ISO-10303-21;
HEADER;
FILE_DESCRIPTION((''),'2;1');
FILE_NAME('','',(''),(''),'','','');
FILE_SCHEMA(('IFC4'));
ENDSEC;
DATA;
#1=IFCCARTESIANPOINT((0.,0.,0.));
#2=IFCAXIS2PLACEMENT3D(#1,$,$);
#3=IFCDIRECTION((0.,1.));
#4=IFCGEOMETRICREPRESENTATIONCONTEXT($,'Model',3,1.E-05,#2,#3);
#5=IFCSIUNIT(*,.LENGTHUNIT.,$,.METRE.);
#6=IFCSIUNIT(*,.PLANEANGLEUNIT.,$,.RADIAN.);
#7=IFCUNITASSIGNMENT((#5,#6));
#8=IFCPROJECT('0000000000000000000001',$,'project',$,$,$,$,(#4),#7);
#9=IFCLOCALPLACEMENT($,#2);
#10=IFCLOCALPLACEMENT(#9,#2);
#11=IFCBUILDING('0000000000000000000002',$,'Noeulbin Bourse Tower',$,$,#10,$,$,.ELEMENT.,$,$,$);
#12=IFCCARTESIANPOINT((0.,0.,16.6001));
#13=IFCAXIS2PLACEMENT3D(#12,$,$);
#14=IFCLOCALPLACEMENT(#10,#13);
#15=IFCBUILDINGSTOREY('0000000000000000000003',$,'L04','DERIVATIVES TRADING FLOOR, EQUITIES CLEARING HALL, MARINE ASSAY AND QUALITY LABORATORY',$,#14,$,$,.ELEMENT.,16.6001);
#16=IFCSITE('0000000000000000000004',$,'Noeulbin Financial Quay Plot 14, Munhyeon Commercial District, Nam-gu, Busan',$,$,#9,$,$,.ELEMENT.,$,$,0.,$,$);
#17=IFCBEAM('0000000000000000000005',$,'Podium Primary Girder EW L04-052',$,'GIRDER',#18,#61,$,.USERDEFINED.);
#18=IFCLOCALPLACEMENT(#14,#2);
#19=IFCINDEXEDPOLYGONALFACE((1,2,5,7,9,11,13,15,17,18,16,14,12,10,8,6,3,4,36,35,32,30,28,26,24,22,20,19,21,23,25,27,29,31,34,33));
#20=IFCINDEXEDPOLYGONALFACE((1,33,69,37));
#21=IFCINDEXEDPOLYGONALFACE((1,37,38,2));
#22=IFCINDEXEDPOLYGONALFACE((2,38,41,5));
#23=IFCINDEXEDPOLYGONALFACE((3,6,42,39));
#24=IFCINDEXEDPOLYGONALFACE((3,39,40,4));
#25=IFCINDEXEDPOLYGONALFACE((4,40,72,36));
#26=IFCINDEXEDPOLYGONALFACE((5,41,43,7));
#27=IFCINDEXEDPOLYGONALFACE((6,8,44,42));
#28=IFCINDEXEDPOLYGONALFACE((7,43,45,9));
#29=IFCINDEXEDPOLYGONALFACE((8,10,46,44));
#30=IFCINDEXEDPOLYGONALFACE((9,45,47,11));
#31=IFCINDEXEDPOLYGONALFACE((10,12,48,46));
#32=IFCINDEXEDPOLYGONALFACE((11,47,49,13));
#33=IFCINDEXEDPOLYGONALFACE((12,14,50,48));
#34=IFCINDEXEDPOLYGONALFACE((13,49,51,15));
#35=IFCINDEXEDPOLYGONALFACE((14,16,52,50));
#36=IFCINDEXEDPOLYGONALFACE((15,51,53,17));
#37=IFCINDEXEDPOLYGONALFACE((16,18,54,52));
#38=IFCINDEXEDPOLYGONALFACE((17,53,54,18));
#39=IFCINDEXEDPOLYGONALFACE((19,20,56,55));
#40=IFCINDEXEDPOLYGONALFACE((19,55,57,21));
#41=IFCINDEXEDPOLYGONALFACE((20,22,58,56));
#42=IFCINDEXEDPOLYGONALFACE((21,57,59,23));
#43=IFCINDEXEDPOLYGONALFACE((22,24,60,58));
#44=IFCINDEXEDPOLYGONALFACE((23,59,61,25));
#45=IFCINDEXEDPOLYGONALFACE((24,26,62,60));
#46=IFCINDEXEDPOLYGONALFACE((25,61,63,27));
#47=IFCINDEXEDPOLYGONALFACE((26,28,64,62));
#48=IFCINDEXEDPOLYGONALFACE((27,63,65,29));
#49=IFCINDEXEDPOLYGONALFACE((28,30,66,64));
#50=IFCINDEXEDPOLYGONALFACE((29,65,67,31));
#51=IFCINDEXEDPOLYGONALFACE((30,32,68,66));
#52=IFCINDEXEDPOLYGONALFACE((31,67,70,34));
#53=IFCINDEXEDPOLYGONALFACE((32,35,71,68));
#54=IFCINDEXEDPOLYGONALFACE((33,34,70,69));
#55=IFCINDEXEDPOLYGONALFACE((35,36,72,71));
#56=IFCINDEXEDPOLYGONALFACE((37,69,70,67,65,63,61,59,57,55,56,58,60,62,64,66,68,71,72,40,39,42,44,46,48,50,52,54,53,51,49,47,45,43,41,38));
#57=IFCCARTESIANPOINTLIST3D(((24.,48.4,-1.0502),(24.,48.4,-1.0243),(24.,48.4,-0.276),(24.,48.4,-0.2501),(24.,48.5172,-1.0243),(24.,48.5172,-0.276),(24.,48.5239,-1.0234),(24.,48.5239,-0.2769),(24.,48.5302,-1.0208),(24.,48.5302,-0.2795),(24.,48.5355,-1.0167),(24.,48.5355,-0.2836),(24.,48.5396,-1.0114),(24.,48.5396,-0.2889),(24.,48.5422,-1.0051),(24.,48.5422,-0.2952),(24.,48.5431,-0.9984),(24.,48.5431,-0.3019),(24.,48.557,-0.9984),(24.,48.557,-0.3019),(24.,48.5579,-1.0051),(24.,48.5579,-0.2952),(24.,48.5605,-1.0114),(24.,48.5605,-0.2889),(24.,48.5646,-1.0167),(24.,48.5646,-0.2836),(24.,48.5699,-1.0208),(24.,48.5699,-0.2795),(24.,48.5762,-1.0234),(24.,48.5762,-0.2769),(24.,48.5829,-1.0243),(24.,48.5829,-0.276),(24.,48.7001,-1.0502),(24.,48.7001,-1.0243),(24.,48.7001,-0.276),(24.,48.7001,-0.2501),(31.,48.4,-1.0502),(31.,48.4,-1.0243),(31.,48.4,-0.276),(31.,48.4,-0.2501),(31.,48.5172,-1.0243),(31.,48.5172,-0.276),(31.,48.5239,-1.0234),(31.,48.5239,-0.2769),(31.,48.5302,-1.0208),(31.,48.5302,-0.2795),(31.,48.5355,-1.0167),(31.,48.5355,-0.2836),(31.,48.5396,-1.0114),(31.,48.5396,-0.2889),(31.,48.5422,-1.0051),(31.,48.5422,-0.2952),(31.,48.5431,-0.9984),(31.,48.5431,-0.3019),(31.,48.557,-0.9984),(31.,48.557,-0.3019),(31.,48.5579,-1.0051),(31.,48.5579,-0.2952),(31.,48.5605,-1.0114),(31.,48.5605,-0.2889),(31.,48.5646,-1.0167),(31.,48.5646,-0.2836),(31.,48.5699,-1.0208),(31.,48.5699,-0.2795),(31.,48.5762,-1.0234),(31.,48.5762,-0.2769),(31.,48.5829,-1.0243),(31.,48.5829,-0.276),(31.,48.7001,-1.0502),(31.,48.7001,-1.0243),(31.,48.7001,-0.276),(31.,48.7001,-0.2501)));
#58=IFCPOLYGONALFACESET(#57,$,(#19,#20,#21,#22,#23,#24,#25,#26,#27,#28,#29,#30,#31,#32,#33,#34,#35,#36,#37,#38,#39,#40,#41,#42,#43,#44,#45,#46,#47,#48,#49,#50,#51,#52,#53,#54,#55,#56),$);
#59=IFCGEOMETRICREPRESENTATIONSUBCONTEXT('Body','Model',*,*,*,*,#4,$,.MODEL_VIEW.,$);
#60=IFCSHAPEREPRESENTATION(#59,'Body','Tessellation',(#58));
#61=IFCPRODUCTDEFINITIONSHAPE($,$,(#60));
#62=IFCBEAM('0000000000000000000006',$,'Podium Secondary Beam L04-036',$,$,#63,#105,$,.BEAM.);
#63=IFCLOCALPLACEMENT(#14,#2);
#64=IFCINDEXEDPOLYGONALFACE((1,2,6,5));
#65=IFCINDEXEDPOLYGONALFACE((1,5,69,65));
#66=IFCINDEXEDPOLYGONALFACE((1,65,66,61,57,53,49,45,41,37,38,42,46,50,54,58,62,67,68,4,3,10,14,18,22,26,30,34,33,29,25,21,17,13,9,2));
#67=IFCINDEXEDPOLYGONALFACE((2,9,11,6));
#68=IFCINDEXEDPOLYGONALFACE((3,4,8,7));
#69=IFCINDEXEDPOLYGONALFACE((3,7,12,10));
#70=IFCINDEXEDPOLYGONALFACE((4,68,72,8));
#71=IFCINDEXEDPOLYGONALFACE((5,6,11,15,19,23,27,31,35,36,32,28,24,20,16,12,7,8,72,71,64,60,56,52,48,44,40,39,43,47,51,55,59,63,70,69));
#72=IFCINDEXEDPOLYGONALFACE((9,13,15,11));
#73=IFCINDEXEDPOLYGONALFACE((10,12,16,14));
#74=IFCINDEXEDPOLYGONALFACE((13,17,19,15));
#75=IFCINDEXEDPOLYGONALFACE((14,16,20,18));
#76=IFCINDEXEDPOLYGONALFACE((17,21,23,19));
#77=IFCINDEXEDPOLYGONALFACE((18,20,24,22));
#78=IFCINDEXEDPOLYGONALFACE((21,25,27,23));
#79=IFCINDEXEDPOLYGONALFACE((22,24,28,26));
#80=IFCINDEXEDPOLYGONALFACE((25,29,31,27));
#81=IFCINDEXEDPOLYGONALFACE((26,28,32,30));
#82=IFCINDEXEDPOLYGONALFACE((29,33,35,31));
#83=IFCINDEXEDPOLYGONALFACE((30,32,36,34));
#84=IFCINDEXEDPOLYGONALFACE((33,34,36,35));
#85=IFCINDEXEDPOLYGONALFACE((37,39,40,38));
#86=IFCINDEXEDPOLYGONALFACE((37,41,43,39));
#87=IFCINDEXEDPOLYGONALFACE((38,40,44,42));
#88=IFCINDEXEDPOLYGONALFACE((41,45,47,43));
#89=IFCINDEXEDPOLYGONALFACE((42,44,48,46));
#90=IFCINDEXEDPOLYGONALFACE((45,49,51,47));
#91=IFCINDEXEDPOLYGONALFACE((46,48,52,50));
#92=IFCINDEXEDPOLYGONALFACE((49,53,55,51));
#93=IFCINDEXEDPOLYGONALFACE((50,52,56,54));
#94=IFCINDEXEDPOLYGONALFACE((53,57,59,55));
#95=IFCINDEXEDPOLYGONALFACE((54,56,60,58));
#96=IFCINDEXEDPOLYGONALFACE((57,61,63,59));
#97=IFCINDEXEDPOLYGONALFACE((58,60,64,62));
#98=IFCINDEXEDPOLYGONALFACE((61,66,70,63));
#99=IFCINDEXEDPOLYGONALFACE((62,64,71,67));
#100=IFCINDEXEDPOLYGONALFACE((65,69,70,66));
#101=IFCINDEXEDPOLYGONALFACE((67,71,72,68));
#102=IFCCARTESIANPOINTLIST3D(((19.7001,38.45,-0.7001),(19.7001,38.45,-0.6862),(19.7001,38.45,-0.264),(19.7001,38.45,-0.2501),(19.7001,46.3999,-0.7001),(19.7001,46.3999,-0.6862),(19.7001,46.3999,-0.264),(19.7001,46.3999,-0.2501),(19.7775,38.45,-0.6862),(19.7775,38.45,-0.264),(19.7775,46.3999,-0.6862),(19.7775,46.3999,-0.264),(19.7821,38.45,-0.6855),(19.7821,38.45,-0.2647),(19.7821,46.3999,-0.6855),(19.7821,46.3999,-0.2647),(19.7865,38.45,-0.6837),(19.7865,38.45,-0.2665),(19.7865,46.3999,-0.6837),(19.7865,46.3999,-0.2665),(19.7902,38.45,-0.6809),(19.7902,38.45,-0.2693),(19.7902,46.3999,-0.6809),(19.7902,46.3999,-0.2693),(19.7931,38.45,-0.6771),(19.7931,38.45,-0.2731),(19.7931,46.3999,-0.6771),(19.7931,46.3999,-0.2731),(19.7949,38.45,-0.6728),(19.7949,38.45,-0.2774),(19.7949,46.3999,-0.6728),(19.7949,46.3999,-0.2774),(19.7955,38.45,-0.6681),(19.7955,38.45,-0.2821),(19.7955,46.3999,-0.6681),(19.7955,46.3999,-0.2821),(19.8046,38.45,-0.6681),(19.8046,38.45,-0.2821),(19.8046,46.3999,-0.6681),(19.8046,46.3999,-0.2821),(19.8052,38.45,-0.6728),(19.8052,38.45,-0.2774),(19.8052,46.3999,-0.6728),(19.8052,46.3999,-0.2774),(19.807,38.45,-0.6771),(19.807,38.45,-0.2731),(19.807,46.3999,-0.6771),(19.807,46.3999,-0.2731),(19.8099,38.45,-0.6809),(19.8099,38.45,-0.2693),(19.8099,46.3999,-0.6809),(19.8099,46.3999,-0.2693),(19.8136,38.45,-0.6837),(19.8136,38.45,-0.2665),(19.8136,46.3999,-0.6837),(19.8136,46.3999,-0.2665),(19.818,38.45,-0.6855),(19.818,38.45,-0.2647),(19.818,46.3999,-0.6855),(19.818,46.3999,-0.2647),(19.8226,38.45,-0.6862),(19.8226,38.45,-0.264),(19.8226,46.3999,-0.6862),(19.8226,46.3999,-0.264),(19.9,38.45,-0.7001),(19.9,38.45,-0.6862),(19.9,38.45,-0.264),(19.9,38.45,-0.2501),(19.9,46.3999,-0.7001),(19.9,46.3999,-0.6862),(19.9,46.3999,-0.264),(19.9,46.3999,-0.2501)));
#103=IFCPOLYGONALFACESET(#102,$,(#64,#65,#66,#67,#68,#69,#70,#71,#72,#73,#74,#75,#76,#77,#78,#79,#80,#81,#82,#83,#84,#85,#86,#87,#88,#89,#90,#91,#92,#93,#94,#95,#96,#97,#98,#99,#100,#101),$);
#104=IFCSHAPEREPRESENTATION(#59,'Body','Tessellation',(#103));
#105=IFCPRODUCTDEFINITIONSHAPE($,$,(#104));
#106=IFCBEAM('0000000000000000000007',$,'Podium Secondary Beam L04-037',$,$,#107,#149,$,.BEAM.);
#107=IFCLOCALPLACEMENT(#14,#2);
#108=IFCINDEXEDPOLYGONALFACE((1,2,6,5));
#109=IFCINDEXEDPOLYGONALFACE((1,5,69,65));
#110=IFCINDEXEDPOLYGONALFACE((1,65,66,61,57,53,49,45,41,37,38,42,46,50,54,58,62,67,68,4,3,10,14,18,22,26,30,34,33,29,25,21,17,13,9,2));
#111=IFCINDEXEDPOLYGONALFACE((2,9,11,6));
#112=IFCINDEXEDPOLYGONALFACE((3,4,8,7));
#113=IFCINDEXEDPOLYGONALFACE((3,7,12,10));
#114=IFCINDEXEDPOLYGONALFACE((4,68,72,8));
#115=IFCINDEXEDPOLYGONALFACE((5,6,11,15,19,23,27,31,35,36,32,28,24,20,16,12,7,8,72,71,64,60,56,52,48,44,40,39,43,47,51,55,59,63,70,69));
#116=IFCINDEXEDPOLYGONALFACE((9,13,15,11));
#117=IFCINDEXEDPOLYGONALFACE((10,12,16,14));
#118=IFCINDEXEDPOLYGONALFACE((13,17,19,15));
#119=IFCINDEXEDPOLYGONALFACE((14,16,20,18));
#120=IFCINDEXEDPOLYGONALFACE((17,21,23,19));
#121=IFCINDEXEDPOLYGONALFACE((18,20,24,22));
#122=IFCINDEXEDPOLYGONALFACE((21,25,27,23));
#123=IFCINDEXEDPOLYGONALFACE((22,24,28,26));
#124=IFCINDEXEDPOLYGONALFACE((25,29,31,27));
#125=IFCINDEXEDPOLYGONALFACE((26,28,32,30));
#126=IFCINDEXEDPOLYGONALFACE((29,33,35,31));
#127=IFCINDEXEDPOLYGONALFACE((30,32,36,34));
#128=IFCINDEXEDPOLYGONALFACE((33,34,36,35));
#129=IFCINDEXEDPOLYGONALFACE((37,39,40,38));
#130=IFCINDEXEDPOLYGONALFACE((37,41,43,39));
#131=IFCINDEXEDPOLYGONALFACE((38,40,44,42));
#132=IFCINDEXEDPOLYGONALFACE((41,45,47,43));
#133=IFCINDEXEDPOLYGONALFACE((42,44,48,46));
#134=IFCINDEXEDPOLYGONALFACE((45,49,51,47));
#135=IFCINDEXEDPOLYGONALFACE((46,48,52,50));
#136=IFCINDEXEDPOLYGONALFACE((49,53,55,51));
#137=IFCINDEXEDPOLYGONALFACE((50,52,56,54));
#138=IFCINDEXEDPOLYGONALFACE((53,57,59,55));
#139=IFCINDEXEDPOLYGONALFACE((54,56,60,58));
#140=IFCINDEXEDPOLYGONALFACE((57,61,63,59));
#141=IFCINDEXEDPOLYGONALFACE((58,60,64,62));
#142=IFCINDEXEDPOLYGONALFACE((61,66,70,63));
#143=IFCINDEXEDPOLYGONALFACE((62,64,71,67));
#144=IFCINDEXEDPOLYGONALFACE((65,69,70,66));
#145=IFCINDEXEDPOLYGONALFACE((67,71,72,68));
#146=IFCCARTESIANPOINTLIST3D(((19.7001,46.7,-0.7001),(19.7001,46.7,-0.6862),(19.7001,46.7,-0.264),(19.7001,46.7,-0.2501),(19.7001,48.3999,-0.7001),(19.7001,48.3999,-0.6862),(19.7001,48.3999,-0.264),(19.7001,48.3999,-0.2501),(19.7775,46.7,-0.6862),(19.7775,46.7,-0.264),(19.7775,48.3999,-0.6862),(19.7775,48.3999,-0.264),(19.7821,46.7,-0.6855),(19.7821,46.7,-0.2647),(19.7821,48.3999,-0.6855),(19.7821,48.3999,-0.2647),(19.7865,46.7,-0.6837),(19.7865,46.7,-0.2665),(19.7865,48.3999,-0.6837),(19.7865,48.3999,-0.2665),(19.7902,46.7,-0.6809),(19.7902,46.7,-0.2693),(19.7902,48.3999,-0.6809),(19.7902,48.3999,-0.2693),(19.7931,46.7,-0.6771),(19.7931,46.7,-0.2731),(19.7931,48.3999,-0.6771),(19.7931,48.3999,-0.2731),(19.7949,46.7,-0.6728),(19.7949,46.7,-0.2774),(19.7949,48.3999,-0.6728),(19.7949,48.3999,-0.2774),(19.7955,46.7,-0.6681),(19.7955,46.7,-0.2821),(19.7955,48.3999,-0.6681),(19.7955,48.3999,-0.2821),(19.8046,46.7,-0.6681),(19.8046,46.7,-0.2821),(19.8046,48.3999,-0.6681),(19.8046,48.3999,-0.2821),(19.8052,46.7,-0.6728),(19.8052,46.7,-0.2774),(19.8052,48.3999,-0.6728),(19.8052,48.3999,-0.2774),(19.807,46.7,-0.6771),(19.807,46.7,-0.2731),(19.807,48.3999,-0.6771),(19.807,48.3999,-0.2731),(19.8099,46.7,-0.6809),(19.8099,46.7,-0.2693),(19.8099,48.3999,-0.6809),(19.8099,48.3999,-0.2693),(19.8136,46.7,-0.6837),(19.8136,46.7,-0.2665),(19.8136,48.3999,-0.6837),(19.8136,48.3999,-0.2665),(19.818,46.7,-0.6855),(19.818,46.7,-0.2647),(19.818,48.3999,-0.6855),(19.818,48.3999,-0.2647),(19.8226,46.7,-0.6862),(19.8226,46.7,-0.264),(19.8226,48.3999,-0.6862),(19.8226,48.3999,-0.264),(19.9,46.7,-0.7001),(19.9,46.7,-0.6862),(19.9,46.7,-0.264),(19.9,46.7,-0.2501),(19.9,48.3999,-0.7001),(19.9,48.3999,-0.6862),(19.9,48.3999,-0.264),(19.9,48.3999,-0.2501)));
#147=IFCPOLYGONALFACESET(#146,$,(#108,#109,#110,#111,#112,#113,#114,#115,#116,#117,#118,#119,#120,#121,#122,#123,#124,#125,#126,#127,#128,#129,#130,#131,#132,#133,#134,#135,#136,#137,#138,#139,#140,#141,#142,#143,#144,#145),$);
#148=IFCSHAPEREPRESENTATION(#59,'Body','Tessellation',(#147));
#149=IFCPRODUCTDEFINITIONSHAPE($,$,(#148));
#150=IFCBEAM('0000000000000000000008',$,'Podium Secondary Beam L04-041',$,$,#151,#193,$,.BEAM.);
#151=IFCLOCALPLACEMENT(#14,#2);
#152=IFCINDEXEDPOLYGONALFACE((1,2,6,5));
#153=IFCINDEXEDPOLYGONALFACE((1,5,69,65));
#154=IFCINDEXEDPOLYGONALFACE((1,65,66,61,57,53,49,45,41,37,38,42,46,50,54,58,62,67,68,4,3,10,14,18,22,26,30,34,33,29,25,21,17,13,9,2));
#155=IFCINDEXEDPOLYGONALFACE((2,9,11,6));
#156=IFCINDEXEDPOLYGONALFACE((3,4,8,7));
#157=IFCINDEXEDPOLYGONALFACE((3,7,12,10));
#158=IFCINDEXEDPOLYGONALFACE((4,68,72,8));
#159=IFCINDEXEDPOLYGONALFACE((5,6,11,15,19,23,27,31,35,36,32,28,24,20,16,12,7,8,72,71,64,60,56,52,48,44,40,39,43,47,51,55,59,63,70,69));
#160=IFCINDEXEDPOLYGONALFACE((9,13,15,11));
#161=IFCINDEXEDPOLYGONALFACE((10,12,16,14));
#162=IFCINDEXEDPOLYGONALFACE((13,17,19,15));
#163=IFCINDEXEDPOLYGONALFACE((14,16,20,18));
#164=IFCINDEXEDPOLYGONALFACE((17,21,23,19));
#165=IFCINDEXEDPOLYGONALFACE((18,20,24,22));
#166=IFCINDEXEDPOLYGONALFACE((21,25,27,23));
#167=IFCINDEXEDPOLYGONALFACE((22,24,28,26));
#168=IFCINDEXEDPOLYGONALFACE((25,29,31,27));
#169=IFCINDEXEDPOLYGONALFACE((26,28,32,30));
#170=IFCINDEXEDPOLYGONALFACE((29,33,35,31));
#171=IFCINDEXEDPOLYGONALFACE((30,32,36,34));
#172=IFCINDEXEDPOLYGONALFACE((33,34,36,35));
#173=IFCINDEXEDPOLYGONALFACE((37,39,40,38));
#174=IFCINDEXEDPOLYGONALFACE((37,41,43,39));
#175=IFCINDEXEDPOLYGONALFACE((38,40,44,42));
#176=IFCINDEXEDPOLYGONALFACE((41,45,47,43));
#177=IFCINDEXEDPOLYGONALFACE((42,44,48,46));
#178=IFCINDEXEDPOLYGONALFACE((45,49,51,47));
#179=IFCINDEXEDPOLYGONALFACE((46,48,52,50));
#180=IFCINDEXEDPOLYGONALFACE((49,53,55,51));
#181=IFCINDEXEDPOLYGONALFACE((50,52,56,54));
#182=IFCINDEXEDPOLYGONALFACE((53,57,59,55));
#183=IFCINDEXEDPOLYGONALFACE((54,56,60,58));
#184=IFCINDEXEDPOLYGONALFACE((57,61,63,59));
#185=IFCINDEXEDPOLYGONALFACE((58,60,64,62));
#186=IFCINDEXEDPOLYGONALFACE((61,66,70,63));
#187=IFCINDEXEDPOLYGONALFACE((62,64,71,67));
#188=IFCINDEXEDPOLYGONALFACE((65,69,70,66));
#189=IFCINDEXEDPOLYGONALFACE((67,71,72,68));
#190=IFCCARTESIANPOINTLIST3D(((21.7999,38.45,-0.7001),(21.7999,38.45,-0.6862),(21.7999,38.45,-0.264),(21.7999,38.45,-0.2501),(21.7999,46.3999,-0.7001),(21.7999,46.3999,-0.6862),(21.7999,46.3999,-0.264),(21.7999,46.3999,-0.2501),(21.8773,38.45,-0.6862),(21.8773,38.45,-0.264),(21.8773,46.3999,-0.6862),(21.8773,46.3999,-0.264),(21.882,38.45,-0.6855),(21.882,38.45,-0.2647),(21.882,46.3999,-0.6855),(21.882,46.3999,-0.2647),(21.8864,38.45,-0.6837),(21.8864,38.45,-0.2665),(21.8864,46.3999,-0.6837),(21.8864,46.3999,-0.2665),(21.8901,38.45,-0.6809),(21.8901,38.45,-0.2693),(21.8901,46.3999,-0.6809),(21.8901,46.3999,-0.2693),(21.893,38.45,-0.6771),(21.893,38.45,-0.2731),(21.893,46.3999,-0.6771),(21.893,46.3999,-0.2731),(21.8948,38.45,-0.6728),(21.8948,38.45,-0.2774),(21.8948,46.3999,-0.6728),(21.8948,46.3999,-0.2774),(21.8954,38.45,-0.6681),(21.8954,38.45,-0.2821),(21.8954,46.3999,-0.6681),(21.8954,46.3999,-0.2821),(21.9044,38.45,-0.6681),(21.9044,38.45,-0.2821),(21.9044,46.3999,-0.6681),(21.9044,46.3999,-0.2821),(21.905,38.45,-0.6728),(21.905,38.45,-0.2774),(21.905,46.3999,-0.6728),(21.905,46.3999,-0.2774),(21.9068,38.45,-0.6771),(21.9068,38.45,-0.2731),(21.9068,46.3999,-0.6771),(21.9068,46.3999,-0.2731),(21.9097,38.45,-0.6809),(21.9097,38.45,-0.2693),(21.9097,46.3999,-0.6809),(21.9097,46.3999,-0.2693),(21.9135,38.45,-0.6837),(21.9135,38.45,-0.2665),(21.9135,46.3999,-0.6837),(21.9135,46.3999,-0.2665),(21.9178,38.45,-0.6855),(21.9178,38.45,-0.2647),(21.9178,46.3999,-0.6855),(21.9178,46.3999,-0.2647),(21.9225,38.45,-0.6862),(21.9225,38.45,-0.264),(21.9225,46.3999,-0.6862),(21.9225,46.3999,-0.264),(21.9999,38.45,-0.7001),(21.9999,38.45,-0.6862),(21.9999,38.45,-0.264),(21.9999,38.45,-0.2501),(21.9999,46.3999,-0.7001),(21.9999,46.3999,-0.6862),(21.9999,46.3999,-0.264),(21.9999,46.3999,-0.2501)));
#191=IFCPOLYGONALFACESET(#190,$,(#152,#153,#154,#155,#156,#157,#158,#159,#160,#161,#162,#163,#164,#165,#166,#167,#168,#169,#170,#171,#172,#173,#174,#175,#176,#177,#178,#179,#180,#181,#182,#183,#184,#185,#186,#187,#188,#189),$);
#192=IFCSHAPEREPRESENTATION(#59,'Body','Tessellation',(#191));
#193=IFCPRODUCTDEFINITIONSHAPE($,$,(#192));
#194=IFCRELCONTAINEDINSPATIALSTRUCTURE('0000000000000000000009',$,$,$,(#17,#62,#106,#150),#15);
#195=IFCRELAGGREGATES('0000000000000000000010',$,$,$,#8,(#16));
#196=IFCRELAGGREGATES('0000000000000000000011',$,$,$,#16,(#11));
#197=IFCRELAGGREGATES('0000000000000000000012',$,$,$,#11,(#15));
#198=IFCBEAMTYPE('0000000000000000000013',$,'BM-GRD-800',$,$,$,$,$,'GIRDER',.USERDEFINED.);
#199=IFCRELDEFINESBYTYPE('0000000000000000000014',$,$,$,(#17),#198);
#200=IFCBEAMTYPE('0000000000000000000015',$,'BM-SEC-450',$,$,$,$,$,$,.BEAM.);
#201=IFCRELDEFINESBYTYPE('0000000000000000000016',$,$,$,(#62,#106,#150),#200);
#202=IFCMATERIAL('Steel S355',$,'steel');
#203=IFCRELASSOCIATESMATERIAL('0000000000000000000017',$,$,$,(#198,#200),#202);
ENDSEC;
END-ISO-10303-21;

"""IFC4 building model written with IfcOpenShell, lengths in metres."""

from ifc_helpers import new_model, si_unit, direction, frame, origin, origin_2d, place, context, subcontext, project, spatial, i_section, extrude, material, material_profile, profile_set, type_object, element, save


model = new_model("IFC4")

# Units and contexts
model_context = context("Model", 3, precision=1e-05, world=origin(), true_north=direction((0.0, 1.0)))
body_context = subcontext(model_context, "Body", "Model", "MODEL_VIEW")
ifc_project = project(units=[si_unit("LENGTHUNIT", "METRE"), si_unit("PLANEANGLEUNIT", "RADIAN")], contexts=[model_context])

# Site, building, storey
site_placement = place(None, origin())
site = spatial("IfcSite", under=ifc_project, at=site_placement, Name="Noeulbin Financial Quay Plot 14, Munhyeon Commercial District, Nam-gu, Busan", CompositionType="ELEMENT", RefElevation=0.0)
building_placement = place(site_placement, origin())
building = spatial("IfcBuilding", under=site, at=building_placement, Name="Noeulbin Bourse Tower", CompositionType="ELEMENT")
storey_placement = place(building_placement, frame((0.0, 0.0, 16.6001)))
storey = spatial("IfcBuildingStorey", under=building, at=storey_placement, Name="L04", Description="DERIVATIVES TRADING FLOOR, EQUITIES CLEARING HALL, MARINE ASSAY AND QUALITY LABORATORY", CompositionType="ELEMENT", Elevation=16.6001)

# Beams
ifc_material_1 = material(Name="Steel S355", Category="steel")
ifc_material_profile_1 = material_profile(ifc_material_1, i_section(OverallWidth=0.3, OverallDepth=0.8, WebThickness=0.0139, FlangeThickness=0.0259, FilletRadius=0.0259, at=origin_2d()), Name="H-800x300x14x26", Category="LoadBearing")
ifc_profile_set_1 = profile_set([ifc_material_profile_1], Name="Steel S355")
beam_type_1 = type_object("IfcBeamType", Name="BM-GRD-800", ElementType="GIRDER", PredefinedType="USERDEFINED", material=ifc_profile_set_1)
for number, where, z_axis, x_axis, name in (
    (1, (24.0, 48.55, -0.6501), (1.0, 0.0, 0.0), (0.0, 1.0, 0.0), "Podium Primary Girder EW L04-052"),
):
    element("IfcBeam", number, at=place(storey_placement, frame(where, z_axis=z_axis, x_axis=x_axis)), inside=storey, type_object=beam_type_1, Name=name, ObjectType="GIRDER", PredefinedType="USERDEFINED", context=body_context, shape_type="SweptSolid", body=[
        extrude(i_section(OverallWidth=0.3, OverallDepth=0.8, WebThickness=0.0139, FlangeThickness=0.0259, FilletRadius=0.0259, at=origin_2d()), origin(), (0.0, 0.0, 1.0), 7.0),
    ])
ifc_material_profile_2 = material_profile(ifc_material_1, i_section(OverallWidth=0.2, OverallDepth=0.45, WebThickness=0.009, FlangeThickness=0.0139, FilletRadius=0.0181, at=origin_2d()), Name="H-450x200x9x14", Category="LoadBearing")
ifc_profile_set_2 = profile_set([ifc_material_profile_2], Name="Steel S355")
beam_type_2 = type_object("IfcBeamType", Name="BM-SEC-450", PredefinedType="BEAM", material=ifc_profile_set_2)
beam_1_placement = place(storey_placement, frame((19.8, 38.45, -0.4751), z_axis=(0.0, 1.0, 0.0), x_axis=(-1.0, 0.0, 0.0)))
element("IfcBeam", 2, at=beam_1_placement, inside=storey, type_object=beam_type_2, Name="Podium Secondary Beam L04-036", PredefinedType="BEAM", context=body_context, shape_type="SweptSolid", body=[
    extrude(i_section(OverallWidth=0.2, OverallDepth=0.45, WebThickness=0.009, FlangeThickness=0.0139, FilletRadius=0.0181, at=origin_2d()), origin(), (0.0, 0.0, 1.0), 7.95),
])
beam_2_placement = place(storey_placement, frame((19.8, 46.7, -0.4751), z_axis=(0.0, 1.0, 0.0), x_axis=(-1.0, 0.0, 0.0)))
element("IfcBeam", 3, at=beam_2_placement, inside=storey, type_object=beam_type_2, Name="Podium Secondary Beam L04-037", PredefinedType="BEAM", context=body_context, shape_type="SweptSolid", body=[
    extrude(i_section(OverallWidth=0.2, OverallDepth=0.45, WebThickness=0.009, FlangeThickness=0.0139, FilletRadius=0.0181, at=origin_2d()), origin(), (0.0, 0.0, 1.0), 1.7),
])
beam_3_placement = place(storey_placement, frame((21.8999, 38.45, -0.4751), z_axis=(0.0, 1.0, 0.0), x_axis=(-1.0, 0.0, 0.0)))
element("IfcBeam", 4, at=beam_3_placement, inside=storey, type_object=beam_type_2, Name="Podium Secondary Beam L04-041", PredefinedType="BEAM", context=body_context, shape_type="SweptSolid", body=[
    extrude(i_section(OverallWidth=0.2, OverallDepth=0.45, WebThickness=0.009, FlangeThickness=0.0139, FilletRadius=0.0181, at=origin_2d()), origin(), (0.0, 0.0, 1.0), 7.95),
])

save(model, "model.ifc")
